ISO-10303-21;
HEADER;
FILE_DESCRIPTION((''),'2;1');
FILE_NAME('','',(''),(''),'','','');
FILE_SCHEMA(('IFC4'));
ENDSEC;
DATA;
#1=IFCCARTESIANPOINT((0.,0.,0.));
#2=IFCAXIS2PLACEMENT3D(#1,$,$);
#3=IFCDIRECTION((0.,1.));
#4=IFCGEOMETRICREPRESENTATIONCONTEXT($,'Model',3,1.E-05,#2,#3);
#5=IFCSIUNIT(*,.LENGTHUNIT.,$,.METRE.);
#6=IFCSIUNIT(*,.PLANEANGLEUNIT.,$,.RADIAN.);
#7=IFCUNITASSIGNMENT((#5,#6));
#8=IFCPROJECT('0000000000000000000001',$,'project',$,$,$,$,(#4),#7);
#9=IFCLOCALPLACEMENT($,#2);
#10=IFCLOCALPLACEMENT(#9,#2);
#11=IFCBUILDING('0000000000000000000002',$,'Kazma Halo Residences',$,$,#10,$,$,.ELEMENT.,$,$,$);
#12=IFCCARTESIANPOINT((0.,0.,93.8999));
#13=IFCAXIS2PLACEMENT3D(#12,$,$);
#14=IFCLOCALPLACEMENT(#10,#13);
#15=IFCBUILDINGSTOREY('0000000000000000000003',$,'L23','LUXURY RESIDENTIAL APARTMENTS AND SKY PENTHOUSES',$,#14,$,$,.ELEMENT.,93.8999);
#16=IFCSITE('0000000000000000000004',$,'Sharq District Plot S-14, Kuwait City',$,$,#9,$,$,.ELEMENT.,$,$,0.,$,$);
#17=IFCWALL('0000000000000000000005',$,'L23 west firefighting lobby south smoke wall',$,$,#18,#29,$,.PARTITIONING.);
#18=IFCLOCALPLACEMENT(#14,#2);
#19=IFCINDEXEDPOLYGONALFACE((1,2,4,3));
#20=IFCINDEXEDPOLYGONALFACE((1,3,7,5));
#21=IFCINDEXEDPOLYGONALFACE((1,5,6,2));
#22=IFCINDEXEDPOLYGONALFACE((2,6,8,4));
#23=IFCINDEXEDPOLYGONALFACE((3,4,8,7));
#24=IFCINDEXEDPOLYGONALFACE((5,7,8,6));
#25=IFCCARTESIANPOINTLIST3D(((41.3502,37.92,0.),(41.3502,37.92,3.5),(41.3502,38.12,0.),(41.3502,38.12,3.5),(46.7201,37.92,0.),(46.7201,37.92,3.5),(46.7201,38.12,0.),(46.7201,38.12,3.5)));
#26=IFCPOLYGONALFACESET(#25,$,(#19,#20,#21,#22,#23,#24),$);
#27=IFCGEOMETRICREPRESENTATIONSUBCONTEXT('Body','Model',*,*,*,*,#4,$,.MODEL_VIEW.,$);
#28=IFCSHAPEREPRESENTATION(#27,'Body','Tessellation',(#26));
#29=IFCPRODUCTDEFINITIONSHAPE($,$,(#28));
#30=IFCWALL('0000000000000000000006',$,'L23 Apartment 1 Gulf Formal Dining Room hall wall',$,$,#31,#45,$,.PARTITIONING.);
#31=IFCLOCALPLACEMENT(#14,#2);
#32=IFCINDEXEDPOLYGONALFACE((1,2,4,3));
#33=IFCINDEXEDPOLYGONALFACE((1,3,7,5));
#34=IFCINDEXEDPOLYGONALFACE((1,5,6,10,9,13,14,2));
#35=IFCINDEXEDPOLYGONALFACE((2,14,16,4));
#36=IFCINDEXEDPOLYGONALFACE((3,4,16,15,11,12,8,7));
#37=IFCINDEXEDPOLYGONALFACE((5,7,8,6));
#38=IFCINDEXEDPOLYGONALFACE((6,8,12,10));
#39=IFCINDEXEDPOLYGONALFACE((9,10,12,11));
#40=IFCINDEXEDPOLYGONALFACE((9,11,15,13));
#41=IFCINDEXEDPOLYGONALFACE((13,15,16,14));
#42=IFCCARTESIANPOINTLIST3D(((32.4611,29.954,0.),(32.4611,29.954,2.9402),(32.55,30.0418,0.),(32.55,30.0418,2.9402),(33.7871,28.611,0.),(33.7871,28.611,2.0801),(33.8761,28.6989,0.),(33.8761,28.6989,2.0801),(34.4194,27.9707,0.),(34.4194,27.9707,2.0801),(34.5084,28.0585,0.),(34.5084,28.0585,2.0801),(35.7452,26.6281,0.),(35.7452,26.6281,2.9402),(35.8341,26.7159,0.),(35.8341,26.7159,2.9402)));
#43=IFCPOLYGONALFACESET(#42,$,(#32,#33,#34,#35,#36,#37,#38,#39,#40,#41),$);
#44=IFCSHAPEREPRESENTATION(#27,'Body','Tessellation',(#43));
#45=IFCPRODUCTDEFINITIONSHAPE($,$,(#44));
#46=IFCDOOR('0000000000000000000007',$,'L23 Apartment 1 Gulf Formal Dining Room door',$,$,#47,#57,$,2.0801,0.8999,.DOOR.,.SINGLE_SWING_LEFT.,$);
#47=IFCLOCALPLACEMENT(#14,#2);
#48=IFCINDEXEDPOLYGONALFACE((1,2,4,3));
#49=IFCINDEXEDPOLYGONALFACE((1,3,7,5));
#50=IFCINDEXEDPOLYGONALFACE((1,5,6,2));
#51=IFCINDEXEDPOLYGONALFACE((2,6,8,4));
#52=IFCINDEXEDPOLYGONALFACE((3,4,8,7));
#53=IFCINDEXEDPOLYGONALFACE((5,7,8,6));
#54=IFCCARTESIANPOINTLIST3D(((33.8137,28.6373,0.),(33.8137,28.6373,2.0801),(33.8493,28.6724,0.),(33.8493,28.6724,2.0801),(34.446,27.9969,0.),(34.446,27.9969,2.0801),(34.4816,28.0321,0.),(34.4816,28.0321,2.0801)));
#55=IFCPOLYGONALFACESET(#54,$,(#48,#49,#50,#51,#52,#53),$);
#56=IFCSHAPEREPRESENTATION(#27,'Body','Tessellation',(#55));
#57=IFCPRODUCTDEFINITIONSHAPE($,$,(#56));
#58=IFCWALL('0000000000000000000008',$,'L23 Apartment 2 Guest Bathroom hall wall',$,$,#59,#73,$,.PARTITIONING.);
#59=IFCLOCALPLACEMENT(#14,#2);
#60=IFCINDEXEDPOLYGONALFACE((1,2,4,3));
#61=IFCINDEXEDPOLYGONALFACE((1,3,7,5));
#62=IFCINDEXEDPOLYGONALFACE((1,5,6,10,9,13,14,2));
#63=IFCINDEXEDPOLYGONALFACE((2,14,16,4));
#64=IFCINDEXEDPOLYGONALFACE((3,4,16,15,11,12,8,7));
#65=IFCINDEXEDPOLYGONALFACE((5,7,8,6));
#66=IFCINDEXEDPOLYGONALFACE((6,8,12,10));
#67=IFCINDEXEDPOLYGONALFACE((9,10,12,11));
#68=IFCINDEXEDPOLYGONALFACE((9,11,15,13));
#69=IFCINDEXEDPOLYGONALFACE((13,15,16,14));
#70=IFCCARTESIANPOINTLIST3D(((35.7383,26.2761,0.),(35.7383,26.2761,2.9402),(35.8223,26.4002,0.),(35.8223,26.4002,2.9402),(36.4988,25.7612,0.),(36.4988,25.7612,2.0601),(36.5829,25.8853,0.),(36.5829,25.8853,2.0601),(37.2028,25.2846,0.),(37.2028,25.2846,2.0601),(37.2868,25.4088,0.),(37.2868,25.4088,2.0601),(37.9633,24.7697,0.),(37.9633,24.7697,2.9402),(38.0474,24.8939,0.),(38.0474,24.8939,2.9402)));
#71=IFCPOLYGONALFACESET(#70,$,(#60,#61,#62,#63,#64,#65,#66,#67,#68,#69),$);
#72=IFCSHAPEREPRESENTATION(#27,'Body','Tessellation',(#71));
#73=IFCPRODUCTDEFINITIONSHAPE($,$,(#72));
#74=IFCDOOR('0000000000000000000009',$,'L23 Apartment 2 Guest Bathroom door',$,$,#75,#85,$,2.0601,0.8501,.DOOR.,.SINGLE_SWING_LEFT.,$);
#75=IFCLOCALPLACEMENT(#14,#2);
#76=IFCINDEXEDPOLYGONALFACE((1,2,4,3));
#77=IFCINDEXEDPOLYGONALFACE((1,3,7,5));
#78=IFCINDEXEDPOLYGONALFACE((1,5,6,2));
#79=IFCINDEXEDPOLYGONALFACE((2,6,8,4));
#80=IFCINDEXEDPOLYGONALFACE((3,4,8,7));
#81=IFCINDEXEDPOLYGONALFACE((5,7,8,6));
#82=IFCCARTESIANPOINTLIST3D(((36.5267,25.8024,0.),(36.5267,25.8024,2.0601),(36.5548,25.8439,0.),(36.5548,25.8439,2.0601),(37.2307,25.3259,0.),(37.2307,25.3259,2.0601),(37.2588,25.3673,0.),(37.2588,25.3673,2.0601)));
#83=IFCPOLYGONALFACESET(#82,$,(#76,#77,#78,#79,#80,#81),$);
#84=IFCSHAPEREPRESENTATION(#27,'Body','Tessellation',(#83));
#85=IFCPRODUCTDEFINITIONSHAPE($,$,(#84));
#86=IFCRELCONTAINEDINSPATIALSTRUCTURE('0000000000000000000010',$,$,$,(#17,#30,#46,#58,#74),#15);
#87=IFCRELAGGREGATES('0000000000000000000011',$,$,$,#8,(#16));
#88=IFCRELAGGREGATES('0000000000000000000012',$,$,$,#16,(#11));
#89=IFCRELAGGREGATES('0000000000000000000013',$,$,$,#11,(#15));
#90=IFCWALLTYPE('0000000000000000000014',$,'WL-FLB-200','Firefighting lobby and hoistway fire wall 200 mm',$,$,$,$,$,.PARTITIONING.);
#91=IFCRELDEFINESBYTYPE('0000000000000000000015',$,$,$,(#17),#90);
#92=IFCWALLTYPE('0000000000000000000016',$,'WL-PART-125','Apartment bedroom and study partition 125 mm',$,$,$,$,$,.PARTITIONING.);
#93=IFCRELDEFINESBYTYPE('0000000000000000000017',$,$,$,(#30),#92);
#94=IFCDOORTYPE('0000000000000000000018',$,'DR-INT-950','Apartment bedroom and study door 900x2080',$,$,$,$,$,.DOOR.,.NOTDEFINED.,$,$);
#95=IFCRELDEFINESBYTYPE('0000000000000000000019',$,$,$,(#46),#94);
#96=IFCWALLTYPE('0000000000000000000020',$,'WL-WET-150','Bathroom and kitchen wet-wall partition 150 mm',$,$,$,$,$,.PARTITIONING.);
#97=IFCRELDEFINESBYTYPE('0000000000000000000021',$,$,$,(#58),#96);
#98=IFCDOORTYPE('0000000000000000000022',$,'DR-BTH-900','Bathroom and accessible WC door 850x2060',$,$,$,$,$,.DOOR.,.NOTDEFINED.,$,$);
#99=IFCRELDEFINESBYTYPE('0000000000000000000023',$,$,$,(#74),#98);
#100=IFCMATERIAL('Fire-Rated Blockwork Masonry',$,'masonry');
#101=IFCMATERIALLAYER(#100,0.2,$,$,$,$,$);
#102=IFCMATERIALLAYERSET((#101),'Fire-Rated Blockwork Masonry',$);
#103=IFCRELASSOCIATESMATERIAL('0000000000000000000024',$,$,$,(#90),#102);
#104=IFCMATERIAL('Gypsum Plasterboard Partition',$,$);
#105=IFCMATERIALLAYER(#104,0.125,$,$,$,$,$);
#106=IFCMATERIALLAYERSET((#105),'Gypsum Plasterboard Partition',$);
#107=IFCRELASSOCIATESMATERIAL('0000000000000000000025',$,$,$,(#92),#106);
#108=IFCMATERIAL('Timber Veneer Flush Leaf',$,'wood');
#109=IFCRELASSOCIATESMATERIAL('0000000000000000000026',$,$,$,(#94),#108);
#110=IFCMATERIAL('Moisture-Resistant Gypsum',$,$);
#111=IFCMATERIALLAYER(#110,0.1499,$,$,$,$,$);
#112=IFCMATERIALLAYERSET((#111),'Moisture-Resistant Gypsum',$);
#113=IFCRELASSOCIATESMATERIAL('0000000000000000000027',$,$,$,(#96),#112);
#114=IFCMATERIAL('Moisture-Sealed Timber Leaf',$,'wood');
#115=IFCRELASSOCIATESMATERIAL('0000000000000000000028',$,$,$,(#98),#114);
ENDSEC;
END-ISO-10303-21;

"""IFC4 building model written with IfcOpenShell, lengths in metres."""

from ifc_helpers import new_model, si_unit, direction, frame, frame_2d, origin, place, context, subcontext, project, spatial, rectangle, extrude, material, layer, layer_set, type_object, element, fill, save


model = new_model("IFC4")

# Units and contexts
model_context = context("Model", 3, precision=1e-05, world=origin(), true_north=direction((0.0, 1.0)))
body_context = subcontext(model_context, "Body", "Model", "MODEL_VIEW")
ifc_project = project(units=[si_unit("LENGTHUNIT", "METRE"), si_unit("PLANEANGLEUNIT", "RADIAN")], contexts=[model_context])

# Site, building, storey
site_placement = place(None, origin())
site = spatial("IfcSite", under=ifc_project, at=site_placement, Name="Sharq District Plot S-14, Kuwait City", CompositionType="ELEMENT", RefElevation=0.0)
building_placement = place(site_placement, origin())
building = spatial("IfcBuilding", under=site, at=building_placement, Name="Kazma Halo Residences", CompositionType="ELEMENT")
storey_placement = place(building_placement, frame((0.0, 0.0, 93.8999)))
storey = spatial("IfcBuildingStorey", under=building, at=storey_placement, Name="L23", Description="LUXURY RESIDENTIAL APARTMENTS AND SKY PENTHOUSES", CompositionType="ELEMENT", Elevation=93.8999)

# Shared definitions
ifc_material_1 = material(Name="Fire-Rated Blockwork Masonry", Category="masonry")
ifc_layer_1 = layer(ifc_material_1, 0.2)
ifc_layer_set_1 = layer_set([ifc_layer_1], Name="Fire-Rated Blockwork Masonry")
wall_type_1 = type_object("IfcWallType", Name="WL-FLB-200", Description="Firefighting lobby and hoistway fire wall 200 mm", PredefinedType="PARTITIONING", material=ifc_layer_set_1)

# Wall
wall_1_placement = place(storey_placement, frame((41.3501, 38.02, 0.0), z_axis=(0.0, 0.0, 1.0), x_axis=(1.0, 0.0, 0.0)))
element("IfcWall", 1, at=wall_1_placement, inside=storey, type_object=wall_type_1, Name="L23 west firefighting lobby south smoke wall", PredefinedType="PARTITIONING", context=body_context, shape_type="SweptSolid", body=[
    extrude(rectangle(XDim=5.3699, YDim=0.2, at=frame_2d((2.6851, 0.0))), origin(), (0.0, 0.0, 1.0), 3.5),
])

# Walls, openings, doors
ifc_material_2 = material(Name="Gypsum Plasterboard Partition")
ifc_layer_2 = layer(ifc_material_2, 0.125)
ifc_layer_set_2 = layer_set([ifc_layer_2], Name="Gypsum Plasterboard Partition")
wall_type_2 = type_object("IfcWallType", Name="WL-PART-125", Description="Apartment bedroom and study partition 125 mm", PredefinedType="PARTITIONING", material=ifc_layer_set_2)
wall_2_placement = place(storey_placement, frame((32.5056, 29.9978, 0.0), z_axis=(0.0, 0.0, 1.0), x_axis=(0.702627, -0.711559, 0.0)))
wall_2 = element("IfcWall", 2, at=wall_2_placement, inside=storey, type_object=wall_type_2, Name="L23 Apartment 1 Gulf Formal Dining Room hall wall", PredefinedType="PARTITIONING", context=body_context, shape_type="SweptSolid", body=[
    extrude(rectangle(XDim=4.6741, YDim=0.125, at=frame_2d((2.3369, 0.0))), origin(), (0.0, 0.0, 1.0), 2.9402),
])
opening_1_placement = place(wall_2_placement, frame((1.8872, 0.0, 0.0)))
opening_1 = element("IfcOpeningElement", 3, at=opening_1_placement, cuts=wall_2, PredefinedType="OPENING", context=body_context, shape_type="SweptSolid", body=[
    extrude(rectangle(XDim=0.8999, YDim=2.0801, at=frame_2d((0.45, 1.04))), frame((0.0, 0.0725, 0.0), z_axis=(0.0, -1.0, 0.0), x_axis=(1.0, 0.0, 0.0)), (0.0, 0.0, 1.0), 0.145),
])
ifc_material_3 = material(Name="Timber Veneer Flush Leaf", Category="wood")
door_type_1 = type_object("IfcDoorType", Name="DR-INT-950", Description="Apartment bedroom and study door 900x2080", OperationType="NOTDEFINED", PredefinedType="DOOR", material=ifc_material_3)
door_1_placement = place(opening_1_placement, origin())
door_1 = element("IfcDoor", 4, at=door_1_placement, inside=storey, type_object=door_type_1, Name="L23 Apartment 1 Gulf Formal Dining Room door", OperationType="SINGLE_SWING_LEFT", OverallHeight=2.0801, OverallWidth=0.8999, PredefinedType="DOOR", context=body_context, shape_type="SweptSolid", body=[
    extrude(rectangle(XDim=0.8999, YDim=2.0801, at=frame_2d((0.45, 1.04))), frame((0.0, 0.0249, 0.0), z_axis=(0.0, -1.0, 0.0), x_axis=(1.0, 0.0, 0.0)), (0.0, 0.0, 1.0), 0.05),
])
fill(opening_1, door_1)
ifc_material_4 = material(Name="Moisture-Resistant Gypsum")
ifc_layer_3 = layer(ifc_material_4, 0.1499)
ifc_layer_set_3 = layer_set([ifc_layer_3], Name="Moisture-Resistant Gypsum")
wall_type_3 = type_object("IfcWallType", Name="WL-WET-150", Description="Bathroom and kitchen wet-wall partition 150 mm", PredefinedType="PARTITIONING", material=ifc_layer_set_3)
wall_3_placement = place(storey_placement, frame((35.7803, 26.3381, 0.0), z_axis=(0.0, 0.0, 1.0), x_axis=(0.828087, -0.560599, 0.0)))
wall_3 = element("IfcWall", 5, at=wall_3_placement, inside=storey, type_object=wall_type_3, Name="L23 Apartment 2 Guest Bathroom hall wall", PredefinedType="PARTITIONING", context=body_context, shape_type="SweptSolid", body=[
    extrude(rectangle(XDim=2.687, YDim=0.1499, at=frame_2d((1.3435, 0.0))), origin(), (0.0, 0.0, 1.0), 2.9402),
])
opening_2_placement = place(wall_3_placement, frame((0.9185, 0.0, 0.0)))
opening_2 = element("IfcOpeningElement", 6, at=opening_2_placement, cuts=wall_3, PredefinedType="OPENING", context=body_context, shape_type="SweptSolid", body=[
    extrude(rectangle(XDim=0.8501, YDim=2.0601, at=frame_2d((0.425, 1.03))), frame((0.0, 0.085, 0.0), z_axis=(0.0, -1.0, 0.0), x_axis=(1.0, 0.0, 0.0)), (0.0, 0.0, 1.0), 0.1699),
])
ifc_material_5 = material(Name="Moisture-Sealed Timber Leaf", Category="wood")
door_type_2 = type_object("IfcDoorType", Name="DR-BTH-900", Description="Bathroom and accessible WC door 850x2060", OperationType="NOTDEFINED", PredefinedType="DOOR", material=ifc_material_5)
door_2_placement = place(opening_2_placement, origin())
door_2 = element("IfcDoor", 7, at=door_2_placement, inside=storey, type_object=door_type_2, Name="L23 Apartment 2 Guest Bathroom door", OperationType="SINGLE_SWING_LEFT", OverallHeight=2.0601, OverallWidth=0.8501, PredefinedType="DOOR", context=body_context, shape_type="SweptSolid", body=[
    extrude(rectangle(XDim=0.8501, YDim=2.0601, at=frame_2d((0.425, 1.03))), frame((0.0, 0.0249, 0.0), z_axis=(0.0, -1.0, 0.0), x_axis=(1.0, 0.0, 0.0)), (0.0, 0.0, 1.0), 0.05),
])
fill(opening_2, door_2)

save(model, "model.ifc")
